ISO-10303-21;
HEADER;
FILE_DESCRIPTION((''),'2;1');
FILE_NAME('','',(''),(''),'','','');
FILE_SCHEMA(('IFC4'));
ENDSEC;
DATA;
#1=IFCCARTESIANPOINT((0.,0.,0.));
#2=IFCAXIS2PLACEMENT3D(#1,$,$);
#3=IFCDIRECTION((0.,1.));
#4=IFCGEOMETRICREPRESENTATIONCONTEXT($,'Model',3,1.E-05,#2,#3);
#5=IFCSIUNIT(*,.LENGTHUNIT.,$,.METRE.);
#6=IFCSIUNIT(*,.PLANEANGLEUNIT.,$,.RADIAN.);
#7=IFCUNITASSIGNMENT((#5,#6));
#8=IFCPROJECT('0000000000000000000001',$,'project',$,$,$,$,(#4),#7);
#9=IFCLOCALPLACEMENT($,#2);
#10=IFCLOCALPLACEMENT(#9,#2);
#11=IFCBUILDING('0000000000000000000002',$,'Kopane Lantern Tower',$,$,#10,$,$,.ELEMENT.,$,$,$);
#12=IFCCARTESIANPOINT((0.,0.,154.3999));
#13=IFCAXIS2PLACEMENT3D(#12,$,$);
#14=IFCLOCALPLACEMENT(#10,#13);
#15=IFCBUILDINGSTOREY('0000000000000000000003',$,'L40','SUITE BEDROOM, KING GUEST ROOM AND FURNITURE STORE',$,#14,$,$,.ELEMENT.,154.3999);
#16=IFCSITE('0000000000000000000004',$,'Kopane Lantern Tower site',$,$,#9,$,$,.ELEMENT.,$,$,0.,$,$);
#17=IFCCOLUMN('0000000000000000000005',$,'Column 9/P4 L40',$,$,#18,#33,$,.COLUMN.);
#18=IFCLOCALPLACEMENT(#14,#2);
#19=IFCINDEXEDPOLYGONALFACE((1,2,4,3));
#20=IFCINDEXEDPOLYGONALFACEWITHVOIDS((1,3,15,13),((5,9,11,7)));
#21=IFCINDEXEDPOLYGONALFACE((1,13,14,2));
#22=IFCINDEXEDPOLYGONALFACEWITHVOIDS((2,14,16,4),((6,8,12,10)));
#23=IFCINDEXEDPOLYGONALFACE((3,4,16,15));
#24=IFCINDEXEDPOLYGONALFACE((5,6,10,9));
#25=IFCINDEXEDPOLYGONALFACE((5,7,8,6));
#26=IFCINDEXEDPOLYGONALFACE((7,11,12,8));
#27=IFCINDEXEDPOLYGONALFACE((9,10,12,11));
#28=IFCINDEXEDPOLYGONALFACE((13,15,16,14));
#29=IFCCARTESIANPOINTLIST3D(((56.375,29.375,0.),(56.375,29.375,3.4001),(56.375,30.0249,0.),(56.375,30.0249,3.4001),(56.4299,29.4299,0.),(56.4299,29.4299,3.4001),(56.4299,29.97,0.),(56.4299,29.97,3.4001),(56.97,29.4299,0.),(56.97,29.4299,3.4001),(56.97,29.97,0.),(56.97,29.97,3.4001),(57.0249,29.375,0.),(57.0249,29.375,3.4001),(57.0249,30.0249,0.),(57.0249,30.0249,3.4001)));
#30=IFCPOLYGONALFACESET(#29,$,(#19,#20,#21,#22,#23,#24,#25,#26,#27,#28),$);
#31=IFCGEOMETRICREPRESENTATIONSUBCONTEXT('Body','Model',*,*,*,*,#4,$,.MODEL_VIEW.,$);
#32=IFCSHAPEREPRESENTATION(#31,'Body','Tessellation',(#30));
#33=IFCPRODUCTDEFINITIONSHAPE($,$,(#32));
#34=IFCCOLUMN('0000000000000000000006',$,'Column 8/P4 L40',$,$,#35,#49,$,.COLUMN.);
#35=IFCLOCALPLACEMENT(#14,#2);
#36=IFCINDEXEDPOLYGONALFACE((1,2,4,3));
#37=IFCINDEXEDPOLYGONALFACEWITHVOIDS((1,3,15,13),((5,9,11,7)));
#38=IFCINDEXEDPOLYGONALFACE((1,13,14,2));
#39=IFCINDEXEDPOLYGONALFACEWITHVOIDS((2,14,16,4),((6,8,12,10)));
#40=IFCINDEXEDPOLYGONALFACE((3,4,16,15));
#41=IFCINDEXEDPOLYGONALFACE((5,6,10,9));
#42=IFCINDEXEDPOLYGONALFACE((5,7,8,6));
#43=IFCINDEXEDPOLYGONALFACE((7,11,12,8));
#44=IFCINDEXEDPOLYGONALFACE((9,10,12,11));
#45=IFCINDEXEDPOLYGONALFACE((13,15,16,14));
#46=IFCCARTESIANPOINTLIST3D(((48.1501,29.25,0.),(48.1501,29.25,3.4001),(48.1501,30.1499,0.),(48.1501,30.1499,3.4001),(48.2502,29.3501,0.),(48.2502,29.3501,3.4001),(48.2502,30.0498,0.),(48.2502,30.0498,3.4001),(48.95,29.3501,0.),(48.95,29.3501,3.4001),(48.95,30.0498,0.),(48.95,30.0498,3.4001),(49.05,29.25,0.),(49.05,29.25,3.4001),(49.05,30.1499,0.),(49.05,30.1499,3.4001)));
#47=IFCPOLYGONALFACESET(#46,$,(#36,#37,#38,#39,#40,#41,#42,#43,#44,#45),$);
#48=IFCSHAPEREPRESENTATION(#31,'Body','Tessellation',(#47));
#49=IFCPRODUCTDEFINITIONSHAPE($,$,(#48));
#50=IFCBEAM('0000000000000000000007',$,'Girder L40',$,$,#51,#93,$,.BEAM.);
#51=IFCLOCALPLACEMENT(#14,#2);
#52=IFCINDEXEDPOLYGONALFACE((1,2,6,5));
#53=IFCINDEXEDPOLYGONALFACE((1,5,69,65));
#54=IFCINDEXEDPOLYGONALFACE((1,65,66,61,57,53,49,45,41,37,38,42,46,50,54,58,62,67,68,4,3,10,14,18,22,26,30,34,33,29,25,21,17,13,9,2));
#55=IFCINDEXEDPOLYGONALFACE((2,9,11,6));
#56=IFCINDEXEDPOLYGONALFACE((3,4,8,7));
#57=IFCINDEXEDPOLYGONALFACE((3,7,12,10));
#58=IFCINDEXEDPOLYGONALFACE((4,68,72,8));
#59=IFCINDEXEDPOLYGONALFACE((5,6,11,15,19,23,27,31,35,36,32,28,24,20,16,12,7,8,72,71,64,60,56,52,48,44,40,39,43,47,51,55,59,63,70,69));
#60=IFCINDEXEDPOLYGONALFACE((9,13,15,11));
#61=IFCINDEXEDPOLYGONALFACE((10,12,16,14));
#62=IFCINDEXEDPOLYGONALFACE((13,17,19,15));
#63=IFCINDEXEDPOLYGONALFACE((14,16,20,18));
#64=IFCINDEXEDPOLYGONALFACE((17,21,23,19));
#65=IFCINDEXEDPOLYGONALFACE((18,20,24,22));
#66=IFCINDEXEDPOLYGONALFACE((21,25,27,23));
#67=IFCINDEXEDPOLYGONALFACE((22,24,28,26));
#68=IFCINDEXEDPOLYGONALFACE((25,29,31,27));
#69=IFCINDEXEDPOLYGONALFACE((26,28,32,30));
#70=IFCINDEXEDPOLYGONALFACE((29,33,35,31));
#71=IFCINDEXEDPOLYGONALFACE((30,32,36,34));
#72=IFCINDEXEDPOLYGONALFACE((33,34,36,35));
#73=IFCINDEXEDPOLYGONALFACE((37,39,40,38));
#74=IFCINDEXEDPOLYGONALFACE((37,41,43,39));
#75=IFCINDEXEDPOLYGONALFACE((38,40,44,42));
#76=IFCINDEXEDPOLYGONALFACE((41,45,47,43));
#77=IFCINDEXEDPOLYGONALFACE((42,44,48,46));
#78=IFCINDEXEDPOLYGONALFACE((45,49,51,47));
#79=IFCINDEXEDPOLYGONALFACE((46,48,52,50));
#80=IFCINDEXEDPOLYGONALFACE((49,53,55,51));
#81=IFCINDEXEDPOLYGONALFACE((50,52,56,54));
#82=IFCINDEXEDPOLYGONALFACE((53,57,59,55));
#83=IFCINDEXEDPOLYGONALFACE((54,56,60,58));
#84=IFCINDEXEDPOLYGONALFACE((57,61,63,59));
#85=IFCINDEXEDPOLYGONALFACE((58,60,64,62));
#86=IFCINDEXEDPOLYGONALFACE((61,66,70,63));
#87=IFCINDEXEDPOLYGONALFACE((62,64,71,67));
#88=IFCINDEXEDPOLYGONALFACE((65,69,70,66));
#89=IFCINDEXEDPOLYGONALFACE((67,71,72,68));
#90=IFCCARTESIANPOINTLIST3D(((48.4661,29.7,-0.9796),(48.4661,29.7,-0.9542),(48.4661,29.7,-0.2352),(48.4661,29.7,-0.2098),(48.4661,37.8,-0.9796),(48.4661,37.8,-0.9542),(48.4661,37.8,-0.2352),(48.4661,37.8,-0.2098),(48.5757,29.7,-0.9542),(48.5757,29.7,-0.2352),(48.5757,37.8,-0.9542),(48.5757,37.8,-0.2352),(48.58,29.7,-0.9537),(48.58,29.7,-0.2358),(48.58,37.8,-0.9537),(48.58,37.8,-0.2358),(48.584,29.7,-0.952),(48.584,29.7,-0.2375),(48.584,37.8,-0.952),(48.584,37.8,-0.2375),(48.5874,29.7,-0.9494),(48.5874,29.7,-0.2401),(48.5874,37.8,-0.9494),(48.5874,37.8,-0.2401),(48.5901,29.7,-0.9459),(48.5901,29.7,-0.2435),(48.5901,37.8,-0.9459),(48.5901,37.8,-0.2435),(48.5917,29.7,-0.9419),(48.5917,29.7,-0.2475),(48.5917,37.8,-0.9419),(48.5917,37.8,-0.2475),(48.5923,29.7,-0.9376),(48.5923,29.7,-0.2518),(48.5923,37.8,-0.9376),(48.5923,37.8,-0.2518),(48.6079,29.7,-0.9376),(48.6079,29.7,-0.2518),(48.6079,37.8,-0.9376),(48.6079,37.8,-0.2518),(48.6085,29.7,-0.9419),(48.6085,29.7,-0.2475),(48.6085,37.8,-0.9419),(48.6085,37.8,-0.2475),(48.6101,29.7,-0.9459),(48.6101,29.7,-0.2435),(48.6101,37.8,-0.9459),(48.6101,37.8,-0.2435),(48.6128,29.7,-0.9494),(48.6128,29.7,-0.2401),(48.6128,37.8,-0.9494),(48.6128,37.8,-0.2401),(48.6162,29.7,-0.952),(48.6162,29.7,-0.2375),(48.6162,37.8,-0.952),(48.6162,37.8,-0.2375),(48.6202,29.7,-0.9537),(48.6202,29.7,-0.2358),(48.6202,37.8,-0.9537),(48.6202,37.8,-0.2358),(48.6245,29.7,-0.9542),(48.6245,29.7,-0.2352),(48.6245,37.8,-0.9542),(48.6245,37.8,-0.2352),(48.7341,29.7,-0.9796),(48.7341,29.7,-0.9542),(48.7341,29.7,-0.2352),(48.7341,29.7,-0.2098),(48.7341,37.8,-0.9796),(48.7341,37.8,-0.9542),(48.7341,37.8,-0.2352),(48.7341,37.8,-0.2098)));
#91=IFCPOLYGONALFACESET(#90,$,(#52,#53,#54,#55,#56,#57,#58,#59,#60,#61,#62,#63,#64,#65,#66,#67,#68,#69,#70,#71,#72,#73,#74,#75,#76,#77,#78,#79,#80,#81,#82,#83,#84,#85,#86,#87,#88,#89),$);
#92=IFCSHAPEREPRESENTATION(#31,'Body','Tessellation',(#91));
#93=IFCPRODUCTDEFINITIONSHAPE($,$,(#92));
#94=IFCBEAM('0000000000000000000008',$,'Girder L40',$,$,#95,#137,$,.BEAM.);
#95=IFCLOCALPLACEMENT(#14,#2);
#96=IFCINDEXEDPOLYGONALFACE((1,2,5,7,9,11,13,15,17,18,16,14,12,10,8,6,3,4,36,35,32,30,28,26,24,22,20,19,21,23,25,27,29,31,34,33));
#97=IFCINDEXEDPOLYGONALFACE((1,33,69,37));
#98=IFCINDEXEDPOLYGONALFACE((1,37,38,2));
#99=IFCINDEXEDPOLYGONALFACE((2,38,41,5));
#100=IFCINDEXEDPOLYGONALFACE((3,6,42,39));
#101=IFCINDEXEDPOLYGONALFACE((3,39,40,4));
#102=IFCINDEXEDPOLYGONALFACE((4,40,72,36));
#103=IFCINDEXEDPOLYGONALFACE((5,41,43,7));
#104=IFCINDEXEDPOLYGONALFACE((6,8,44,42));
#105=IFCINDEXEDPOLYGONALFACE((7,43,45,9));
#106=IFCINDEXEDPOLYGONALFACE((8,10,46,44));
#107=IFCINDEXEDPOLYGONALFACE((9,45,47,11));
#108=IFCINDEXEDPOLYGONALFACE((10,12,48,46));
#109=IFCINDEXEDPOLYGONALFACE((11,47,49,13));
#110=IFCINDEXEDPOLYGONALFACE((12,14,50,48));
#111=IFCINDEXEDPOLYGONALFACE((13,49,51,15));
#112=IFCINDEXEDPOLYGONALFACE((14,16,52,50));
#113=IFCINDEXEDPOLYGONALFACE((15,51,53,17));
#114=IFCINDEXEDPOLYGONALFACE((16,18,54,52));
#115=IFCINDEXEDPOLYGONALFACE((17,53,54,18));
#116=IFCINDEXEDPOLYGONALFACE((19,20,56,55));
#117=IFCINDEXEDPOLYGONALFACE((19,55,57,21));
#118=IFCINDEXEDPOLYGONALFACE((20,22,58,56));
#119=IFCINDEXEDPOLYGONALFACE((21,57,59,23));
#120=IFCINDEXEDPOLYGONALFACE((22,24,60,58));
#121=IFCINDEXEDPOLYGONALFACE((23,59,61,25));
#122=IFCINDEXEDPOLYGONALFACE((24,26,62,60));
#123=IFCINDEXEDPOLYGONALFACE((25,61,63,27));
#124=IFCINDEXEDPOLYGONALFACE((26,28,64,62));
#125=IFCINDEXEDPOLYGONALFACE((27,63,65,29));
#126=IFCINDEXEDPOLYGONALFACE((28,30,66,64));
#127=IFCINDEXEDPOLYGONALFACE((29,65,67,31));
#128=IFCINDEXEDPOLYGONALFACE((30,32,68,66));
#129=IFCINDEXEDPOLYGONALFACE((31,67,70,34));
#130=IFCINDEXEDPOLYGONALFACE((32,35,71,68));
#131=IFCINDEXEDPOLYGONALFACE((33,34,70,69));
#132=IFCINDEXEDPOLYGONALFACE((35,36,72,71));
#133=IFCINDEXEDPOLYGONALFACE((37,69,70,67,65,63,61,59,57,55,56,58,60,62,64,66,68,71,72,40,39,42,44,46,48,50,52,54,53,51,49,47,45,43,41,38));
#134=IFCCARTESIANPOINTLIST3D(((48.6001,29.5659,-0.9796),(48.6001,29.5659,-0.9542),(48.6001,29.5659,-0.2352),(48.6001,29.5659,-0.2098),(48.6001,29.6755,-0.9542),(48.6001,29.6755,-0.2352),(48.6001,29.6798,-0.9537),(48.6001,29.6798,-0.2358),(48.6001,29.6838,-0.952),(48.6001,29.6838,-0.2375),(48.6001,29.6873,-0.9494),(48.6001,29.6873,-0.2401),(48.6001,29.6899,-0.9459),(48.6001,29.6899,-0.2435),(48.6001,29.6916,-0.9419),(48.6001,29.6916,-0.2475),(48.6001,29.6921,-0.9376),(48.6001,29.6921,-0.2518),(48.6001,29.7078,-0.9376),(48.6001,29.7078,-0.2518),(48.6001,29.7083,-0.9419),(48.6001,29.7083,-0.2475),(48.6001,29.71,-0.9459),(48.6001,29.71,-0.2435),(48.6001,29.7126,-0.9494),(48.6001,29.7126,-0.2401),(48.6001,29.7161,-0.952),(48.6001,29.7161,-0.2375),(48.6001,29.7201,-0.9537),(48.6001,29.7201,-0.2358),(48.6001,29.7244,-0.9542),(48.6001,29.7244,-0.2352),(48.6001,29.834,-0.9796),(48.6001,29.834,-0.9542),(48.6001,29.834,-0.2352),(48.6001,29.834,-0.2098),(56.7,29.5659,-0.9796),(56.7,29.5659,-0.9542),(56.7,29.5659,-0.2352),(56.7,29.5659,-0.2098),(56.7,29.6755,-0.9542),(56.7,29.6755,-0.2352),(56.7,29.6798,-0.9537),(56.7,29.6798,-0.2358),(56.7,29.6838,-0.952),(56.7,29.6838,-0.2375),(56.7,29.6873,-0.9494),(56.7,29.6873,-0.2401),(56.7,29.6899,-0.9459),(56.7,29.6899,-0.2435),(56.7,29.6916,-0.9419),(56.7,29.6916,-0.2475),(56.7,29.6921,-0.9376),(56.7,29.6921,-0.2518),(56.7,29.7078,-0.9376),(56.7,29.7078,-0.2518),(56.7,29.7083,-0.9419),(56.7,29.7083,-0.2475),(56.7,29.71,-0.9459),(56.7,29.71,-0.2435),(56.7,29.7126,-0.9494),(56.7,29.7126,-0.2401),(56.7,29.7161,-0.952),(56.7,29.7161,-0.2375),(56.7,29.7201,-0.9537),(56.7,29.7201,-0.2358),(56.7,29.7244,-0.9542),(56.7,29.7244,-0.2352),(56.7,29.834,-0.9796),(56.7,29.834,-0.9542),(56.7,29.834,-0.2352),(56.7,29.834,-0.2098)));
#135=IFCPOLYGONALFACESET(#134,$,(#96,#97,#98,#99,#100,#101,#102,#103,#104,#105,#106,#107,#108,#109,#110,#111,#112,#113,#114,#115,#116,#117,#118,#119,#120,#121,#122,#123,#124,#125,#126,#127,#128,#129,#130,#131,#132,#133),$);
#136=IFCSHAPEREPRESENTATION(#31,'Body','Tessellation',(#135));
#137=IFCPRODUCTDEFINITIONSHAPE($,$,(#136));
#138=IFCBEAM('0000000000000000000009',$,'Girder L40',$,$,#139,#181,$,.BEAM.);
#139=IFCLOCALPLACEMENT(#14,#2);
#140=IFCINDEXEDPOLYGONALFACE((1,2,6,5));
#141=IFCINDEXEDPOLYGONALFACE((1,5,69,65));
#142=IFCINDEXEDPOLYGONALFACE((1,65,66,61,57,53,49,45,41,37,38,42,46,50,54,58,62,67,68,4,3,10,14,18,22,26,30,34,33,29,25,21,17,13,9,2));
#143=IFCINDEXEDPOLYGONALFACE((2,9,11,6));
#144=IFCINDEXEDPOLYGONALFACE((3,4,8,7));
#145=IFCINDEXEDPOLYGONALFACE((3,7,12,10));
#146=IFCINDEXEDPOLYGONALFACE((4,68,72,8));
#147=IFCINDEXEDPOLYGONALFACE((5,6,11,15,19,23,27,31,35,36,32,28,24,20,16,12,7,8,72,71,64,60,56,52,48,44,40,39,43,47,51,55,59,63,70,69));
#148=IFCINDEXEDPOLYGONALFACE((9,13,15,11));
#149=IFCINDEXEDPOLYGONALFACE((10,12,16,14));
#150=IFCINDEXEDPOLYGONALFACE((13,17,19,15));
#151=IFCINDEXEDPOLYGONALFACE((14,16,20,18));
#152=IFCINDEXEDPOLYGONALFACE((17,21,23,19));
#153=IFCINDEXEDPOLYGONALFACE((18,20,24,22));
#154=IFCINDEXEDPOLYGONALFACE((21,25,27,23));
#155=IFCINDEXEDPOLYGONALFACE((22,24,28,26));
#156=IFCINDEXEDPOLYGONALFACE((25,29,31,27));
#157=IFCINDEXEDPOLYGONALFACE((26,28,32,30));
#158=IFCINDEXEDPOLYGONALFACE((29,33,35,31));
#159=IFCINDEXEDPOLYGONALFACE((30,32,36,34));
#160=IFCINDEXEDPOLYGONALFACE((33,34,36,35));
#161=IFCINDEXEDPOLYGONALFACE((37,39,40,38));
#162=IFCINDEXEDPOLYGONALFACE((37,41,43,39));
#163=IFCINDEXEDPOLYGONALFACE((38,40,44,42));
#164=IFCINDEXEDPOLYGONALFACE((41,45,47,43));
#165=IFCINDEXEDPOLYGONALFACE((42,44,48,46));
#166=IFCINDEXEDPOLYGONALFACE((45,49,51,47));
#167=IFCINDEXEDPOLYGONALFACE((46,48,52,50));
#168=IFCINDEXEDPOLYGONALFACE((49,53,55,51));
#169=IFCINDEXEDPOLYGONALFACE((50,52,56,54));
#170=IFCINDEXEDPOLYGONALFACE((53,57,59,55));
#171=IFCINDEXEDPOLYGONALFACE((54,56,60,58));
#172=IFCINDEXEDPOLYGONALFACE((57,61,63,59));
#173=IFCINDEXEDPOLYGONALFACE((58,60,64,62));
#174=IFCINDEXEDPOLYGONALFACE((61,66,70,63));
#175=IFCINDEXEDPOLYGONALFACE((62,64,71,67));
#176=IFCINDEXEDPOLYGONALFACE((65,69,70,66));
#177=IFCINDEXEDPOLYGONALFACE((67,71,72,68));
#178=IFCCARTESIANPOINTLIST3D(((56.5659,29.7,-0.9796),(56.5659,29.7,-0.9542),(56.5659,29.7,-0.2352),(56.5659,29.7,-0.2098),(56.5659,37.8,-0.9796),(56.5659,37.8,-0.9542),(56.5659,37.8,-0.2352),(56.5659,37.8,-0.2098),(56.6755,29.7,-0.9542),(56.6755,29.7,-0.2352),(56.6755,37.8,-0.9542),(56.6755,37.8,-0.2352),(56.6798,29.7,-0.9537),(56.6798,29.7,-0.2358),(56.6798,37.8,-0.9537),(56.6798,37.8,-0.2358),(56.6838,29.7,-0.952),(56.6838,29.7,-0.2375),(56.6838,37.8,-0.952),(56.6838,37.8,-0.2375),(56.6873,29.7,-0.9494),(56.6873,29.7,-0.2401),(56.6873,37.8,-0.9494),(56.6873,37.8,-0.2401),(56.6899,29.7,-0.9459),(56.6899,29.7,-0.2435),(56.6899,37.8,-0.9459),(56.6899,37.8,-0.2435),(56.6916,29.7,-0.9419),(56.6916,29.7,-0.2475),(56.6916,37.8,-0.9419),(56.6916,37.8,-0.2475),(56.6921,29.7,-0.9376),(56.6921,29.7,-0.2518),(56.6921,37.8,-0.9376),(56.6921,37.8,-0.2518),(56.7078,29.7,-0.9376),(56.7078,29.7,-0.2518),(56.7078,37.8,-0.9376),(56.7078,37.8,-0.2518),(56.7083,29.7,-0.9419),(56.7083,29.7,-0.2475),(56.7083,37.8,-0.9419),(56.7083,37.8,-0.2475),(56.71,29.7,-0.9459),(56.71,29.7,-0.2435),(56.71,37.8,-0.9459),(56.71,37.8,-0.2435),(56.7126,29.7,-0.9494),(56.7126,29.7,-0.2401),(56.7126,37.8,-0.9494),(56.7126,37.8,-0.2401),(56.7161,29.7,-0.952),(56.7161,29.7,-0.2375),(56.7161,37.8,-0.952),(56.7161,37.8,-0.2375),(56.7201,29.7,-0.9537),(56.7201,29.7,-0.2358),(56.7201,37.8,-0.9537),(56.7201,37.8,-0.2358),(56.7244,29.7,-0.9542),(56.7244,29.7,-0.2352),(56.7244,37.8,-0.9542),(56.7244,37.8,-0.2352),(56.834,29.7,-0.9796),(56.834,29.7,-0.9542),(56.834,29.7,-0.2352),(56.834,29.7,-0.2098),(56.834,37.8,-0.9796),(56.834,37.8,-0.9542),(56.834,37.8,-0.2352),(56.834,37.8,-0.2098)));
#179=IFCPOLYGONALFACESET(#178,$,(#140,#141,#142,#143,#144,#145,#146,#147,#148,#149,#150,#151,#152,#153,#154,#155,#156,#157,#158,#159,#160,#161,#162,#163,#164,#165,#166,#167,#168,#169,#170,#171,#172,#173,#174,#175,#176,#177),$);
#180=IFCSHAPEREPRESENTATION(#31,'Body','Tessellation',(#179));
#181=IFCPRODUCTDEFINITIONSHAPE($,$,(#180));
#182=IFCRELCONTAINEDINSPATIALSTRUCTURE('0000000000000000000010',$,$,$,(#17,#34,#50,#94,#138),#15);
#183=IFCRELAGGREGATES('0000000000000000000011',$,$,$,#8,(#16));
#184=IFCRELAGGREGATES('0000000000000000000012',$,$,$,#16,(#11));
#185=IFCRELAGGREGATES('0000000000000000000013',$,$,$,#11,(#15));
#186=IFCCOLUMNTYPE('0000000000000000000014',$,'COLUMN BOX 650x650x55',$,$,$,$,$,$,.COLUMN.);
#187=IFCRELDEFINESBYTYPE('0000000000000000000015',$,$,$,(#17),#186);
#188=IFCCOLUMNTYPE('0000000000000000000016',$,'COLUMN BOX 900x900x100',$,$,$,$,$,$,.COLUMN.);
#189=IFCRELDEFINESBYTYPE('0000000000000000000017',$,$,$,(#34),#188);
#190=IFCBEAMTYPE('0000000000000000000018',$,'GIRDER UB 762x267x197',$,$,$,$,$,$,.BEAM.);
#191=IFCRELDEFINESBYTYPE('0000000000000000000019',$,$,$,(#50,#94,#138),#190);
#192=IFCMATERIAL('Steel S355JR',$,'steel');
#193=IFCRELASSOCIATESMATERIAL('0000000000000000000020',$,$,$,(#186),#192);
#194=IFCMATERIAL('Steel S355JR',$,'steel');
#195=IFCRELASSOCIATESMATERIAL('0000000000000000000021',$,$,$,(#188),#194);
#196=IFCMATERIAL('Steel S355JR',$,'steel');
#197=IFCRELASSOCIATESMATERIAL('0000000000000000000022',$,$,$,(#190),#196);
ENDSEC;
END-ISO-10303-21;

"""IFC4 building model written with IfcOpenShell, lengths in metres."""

from ifc_helpers import new_model, si_unit, direction, frame, origin, origin_2d, place, context, subcontext, project, spatial, hollow_rectangle, i_section, extrude, material, material_profile, profile_set, type_object, element, save


model = new_model("IFC4")

# Units and contexts
model_context = context("Model", 3, precision=1e-05, world=origin(), true_north=direction((0.0, 1.0)))
body_context = subcontext(model_context, "Body", "Model", "MODEL_VIEW")
ifc_project = project(units=[si_unit("LENGTHUNIT", "METRE"), si_unit("PLANEANGLEUNIT", "RADIAN")], contexts=[model_context])

# Site, building, storey
site_placement = place(None, origin())
site = spatial("IfcSite", under=ifc_project, at=site_placement, Name="Kopane Lantern Tower site", CompositionType="ELEMENT", RefElevation=0.0)
building_placement = place(site_placement, origin())
building = spatial("IfcBuilding", under=site, at=building_placement, Name="Kopane Lantern Tower", CompositionType="ELEMENT")
storey_placement = place(building_placement, frame((0.0, 0.0, 154.3999)))
storey = spatial("IfcBuildingStorey", under=building, at=storey_placement, Name="L40", Description="SUITE BEDROOM, KING GUEST ROOM AND FURNITURE STORE", CompositionType="ELEMENT", Elevation=154.3999)

# Columns
ifc_material_1 = material(Name="Steel S355JR", Category="steel")
ifc_material_profile_1 = material_profile(ifc_material_1, hollow_rectangle(XDim=0.6499, YDim=0.6499, WallThickness=0.0549, at=origin_2d()), Name="BOX 650x650x55")
ifc_profile_set_1 = profile_set([ifc_material_profile_1], Name="Steel S355JR")
column_type_1 = type_object("IfcColumnType", Name="COLUMN BOX 650x650x55", PredefinedType="COLUMN", material=ifc_profile_set_1)
column_1_placement = place(storey_placement, frame((56.7, 29.7, 0.0), z_axis=(0.0, 0.0, 1.0), x_axis=(1.0, 0.0, 0.0)))
element("IfcColumn", 1, at=column_1_placement, inside=storey, type_object=column_type_1, Name="Column 9/P4 L40", PredefinedType="COLUMN", context=body_context, shape_type="SweptSolid", body=[
    extrude(hollow_rectangle(XDim=0.6499, YDim=0.6499, WallThickness=0.0549, at=origin_2d()), origin(), (0.0, 0.0, 1.0), 3.4001),
])
ifc_material_2 = material(Name="Steel S355JR", Category="steel")
ifc_material_profile_2 = material_profile(ifc_material_2, hollow_rectangle(XDim=0.8999, YDim=0.8999, WallThickness=0.1001, at=origin_2d()), Name="BOX 900x900x100")
ifc_profile_set_2 = profile_set([ifc_material_profile_2], Name="Steel S355JR")
column_type_2 = type_object("IfcColumnType", Name="COLUMN BOX 900x900x100", PredefinedType="COLUMN", material=ifc_profile_set_2)
column_2_placement = place(storey_placement, frame((48.6001, 29.7, 0.0), z_axis=(0.0, 0.0, 1.0), x_axis=(1.0, 0.0, 0.0)))
element("IfcColumn", 2, at=column_2_placement, inside=storey, type_object=column_type_2, Name="Column 8/P4 L40", PredefinedType="COLUMN", context=body_context, shape_type="SweptSolid", body=[
    extrude(hollow_rectangle(XDim=0.8999, YDim=0.8999, WallThickness=0.1001, at=origin_2d()), origin(), (0.0, 0.0, 1.0), 3.4001),
])

# Beams
ifc_material_3 = material(Name="Steel S355JR", Category="steel")
ifc_material_profile_3 = material_profile(ifc_material_3, i_section(OverallWidth=0.2681, OverallDepth=0.7698, WebThickness=0.0156, FlangeThickness=0.0254, FilletRadius=0.0166, at=origin_2d()), Name="UB 762x267x197")
ifc_profile_set_3 = profile_set([ifc_material_profile_3], Name="Steel S355JR")
beam_type = type_object("IfcBeamType", Name="GIRDER UB 762x267x197", PredefinedType="BEAM", material=ifc_profile_set_3)
beam_1_placement = place(storey_placement, frame((48.6001, 29.7, -0.5947), z_axis=(0.0, 1.0, 0.0), x_axis=(-1.0, 0.0, 0.0)))
element("IfcBeam", 3, at=beam_1_placement, inside=storey, type_object=beam_type, Name="Girder L40", PredefinedType="BEAM", context=body_context, shape_type="SweptSolid", body=[
    extrude(i_section(OverallWidth=0.2681, OverallDepth=0.7698, WebThickness=0.0156, FlangeThickness=0.0254, FilletRadius=0.0166, at=origin_2d()), origin(), (0.0, 0.0, 1.0), 8.1001),
])
beam_2_placement = place(storey_placement, frame((48.6001, 29.7, -0.5947), z_axis=(1.0, 0.0, 0.0), x_axis=(0.0, 1.0, 0.0)))
element("IfcBeam", 4, at=beam_2_placement, inside=storey, type_object=beam_type, Name="Girder L40", PredefinedType="BEAM", context=body_context, shape_type="SweptSolid", body=[
    extrude(i_section(OverallWidth=0.2681, OverallDepth=0.7698, WebThickness=0.0156, FlangeThickness=0.0254, FilletRadius=0.0166, at=origin_2d()), origin(), (0.0, 0.0, 1.0), 8.0999),
])
beam_3_placement = place(storey_placement, frame((56.7, 29.7, -0.5947), z_axis=(0.0, 1.0, 0.0), x_axis=(-1.0, 0.0, 0.0)))
element("IfcBeam", 5, at=beam_3_placement, inside=storey, type_object=beam_type, Name="Girder L40", PredefinedType="BEAM", context=body_context, shape_type="SweptSolid", body=[
    extrude(i_section(OverallWidth=0.2681, OverallDepth=0.7698, WebThickness=0.0156, FlangeThickness=0.0254, FilletRadius=0.0166, at=origin_2d()), origin(), (0.0, 0.0, 1.0), 8.1001),
])

save(model, "model.ifc")
